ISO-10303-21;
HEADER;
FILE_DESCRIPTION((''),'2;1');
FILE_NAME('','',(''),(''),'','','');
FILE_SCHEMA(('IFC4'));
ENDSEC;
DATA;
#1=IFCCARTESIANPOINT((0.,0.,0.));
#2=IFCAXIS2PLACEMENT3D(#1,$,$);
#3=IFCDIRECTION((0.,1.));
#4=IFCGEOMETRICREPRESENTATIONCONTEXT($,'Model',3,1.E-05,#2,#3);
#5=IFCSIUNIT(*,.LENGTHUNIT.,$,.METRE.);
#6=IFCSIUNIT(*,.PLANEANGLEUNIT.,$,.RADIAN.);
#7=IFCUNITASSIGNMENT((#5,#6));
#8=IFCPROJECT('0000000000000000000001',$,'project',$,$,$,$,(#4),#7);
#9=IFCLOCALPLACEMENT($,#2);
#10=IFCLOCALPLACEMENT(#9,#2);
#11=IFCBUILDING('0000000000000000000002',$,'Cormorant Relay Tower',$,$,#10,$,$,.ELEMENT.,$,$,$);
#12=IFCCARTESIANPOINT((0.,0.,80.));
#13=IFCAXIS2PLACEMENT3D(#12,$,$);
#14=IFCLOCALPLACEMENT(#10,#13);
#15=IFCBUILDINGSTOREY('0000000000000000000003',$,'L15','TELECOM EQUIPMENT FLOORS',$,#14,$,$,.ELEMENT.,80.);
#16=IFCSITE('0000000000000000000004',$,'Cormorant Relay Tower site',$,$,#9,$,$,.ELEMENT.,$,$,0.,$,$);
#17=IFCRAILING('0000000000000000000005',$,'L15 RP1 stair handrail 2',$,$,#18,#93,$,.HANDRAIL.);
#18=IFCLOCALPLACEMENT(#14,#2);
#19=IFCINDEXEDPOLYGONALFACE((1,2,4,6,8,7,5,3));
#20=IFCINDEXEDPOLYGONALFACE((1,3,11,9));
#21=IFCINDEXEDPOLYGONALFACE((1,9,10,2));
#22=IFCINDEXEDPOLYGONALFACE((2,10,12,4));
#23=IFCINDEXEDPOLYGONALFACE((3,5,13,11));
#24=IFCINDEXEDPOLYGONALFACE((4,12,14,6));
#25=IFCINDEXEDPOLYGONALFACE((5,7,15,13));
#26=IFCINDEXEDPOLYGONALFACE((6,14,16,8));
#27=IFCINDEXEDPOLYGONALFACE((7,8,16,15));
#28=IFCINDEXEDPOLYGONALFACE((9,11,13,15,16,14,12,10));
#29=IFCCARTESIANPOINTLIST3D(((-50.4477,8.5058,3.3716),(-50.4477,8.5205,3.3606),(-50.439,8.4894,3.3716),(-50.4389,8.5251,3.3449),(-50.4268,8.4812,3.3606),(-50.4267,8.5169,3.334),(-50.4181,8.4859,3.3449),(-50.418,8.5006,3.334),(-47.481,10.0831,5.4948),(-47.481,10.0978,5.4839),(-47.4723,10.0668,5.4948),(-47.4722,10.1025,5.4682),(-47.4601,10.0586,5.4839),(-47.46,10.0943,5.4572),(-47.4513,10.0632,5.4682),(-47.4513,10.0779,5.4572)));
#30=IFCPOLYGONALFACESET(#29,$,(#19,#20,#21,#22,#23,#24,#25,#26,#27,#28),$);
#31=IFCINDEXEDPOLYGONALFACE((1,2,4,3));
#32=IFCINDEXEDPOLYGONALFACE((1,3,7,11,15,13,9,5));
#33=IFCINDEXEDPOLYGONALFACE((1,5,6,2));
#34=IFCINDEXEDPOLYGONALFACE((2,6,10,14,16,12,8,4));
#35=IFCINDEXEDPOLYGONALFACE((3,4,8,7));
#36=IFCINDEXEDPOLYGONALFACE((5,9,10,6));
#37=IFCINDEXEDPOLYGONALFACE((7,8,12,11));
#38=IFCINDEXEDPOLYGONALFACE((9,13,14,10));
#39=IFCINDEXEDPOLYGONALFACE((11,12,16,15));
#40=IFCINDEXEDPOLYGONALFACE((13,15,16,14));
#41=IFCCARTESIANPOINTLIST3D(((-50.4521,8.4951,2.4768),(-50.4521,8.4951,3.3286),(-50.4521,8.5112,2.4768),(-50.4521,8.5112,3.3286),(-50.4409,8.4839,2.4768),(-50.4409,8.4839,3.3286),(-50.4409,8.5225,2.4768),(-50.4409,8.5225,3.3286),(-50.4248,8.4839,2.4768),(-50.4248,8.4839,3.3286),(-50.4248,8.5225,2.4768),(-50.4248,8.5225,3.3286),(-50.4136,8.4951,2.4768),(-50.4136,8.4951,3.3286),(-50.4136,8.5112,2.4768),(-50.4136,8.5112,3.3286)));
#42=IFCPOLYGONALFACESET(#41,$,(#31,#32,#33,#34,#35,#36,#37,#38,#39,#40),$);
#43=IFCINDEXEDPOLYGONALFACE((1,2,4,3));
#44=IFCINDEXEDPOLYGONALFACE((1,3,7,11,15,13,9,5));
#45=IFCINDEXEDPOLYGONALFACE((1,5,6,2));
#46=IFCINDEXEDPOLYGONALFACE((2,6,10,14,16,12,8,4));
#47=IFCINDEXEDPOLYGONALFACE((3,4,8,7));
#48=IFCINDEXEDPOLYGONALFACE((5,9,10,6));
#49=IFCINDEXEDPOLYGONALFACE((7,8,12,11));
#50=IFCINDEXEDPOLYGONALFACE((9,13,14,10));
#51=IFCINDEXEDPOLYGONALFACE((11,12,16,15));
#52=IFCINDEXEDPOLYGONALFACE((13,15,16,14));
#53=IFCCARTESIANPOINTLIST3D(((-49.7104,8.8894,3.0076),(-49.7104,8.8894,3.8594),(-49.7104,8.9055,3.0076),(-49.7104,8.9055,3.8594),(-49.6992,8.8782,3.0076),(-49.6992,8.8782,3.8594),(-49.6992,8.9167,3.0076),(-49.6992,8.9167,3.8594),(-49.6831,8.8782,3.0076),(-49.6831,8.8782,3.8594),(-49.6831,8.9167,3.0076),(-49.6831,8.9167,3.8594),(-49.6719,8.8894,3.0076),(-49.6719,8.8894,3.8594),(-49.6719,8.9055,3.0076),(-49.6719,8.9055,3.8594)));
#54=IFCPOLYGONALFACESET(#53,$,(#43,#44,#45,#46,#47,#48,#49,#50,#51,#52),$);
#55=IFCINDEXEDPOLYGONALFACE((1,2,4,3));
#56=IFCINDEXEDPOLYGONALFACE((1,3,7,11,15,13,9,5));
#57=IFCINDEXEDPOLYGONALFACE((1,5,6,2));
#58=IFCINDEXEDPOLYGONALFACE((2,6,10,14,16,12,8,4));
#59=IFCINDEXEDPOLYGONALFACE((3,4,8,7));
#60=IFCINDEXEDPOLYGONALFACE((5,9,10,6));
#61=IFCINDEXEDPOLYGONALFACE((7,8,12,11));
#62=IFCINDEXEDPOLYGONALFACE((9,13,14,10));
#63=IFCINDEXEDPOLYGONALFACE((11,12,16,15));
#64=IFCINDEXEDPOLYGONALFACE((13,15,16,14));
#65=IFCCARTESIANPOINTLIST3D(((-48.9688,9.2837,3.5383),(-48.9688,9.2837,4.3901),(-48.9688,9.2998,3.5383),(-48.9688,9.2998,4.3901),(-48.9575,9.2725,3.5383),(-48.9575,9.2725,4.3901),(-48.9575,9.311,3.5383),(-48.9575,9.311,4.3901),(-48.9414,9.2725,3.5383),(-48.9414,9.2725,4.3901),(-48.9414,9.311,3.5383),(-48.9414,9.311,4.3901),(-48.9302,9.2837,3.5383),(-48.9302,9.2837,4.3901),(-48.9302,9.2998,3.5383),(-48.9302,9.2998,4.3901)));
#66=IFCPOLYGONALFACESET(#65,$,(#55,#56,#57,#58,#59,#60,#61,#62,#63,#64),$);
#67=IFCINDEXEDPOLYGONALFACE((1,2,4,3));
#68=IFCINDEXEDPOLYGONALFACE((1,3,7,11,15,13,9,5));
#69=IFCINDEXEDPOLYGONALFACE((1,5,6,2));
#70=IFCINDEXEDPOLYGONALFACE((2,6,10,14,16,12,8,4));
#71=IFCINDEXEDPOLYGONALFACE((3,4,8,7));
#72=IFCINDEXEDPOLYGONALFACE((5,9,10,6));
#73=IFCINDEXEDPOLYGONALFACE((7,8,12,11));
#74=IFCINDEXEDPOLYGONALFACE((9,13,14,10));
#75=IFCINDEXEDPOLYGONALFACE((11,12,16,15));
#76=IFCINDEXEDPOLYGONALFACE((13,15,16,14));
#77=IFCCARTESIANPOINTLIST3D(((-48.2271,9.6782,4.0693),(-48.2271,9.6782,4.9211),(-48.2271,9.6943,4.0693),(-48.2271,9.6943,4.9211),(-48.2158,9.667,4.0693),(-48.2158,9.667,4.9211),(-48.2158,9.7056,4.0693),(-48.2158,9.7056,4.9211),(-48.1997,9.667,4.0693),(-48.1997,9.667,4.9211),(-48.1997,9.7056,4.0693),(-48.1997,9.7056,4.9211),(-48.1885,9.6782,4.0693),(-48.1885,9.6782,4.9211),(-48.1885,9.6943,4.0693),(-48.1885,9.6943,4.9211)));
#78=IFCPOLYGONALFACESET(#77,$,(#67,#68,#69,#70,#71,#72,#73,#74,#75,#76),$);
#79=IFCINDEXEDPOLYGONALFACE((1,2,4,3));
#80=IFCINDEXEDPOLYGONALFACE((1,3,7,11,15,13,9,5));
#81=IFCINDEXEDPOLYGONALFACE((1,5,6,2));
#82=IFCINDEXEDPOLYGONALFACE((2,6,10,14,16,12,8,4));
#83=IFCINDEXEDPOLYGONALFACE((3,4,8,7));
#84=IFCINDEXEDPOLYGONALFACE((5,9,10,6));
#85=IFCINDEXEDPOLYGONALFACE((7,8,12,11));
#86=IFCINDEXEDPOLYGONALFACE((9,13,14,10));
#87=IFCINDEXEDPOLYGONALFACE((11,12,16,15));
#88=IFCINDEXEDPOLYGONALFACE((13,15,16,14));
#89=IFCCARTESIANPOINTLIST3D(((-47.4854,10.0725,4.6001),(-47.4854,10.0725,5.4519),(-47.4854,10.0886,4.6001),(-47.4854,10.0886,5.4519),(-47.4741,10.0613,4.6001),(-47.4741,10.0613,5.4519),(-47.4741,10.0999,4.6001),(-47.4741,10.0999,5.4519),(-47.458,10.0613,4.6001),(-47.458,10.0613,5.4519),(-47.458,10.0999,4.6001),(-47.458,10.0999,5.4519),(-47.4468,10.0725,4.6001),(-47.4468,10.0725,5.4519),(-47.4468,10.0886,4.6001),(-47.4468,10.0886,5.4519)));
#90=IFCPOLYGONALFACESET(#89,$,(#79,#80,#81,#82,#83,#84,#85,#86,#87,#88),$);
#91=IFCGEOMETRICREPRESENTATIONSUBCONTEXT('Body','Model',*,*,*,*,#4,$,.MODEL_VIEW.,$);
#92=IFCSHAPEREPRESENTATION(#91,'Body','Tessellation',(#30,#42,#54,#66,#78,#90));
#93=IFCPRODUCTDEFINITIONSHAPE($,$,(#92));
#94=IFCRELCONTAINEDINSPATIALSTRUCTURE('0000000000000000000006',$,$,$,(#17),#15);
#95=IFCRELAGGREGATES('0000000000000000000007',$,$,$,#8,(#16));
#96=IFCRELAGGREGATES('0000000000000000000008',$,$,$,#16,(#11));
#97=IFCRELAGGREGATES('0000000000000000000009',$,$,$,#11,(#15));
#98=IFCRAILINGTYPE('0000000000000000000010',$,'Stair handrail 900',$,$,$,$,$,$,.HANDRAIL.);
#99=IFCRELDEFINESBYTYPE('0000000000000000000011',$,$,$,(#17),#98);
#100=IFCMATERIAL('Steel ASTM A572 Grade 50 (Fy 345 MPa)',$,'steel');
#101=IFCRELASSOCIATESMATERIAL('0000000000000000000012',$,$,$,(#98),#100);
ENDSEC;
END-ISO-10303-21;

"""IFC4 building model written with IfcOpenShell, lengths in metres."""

from ifc_helpers import new_model, si_unit, direction, frame, origin, place, context, subcontext, project, spatial, polyline, outline, extrude, material, type_object, element, save


model = new_model("IFC4")

# Units and contexts
model_context = context("Model", 3, precision=1e-05, world=origin(), true_north=direction((0.0, 1.0)))
body_context = subcontext(model_context, "Body", "Model", "MODEL_VIEW")
ifc_project = project(units=[si_unit("LENGTHUNIT", "METRE"), si_unit("PLANEANGLEUNIT", "RADIAN")], contexts=[model_context])

# Site, building, storey
site_placement = place(None, origin())
site = spatial("IfcSite", under=ifc_project, at=site_placement, Name="Cormorant Relay Tower site", CompositionType="ELEMENT", RefElevation=0.0)
building_placement = place(site_placement, origin())
building = spatial("IfcBuilding", under=site, at=building_placement, Name="Cormorant Relay Tower", CompositionType="ELEMENT")
storey_placement = place(building_placement, frame((0.0, 0.0, 80.0)))
storey = spatial("IfcBuildingStorey", under=building, at=storey_placement, Name="L15", Description="TELECOM EQUIPMENT FLOORS", CompositionType="ELEMENT", Elevation=80.0)

# Railing
ifc_material_1 = material(Name="Steel ASTM A572 Grade 50 (Fy 345 MPa)", Category="steel")
railing_type_1 = type_object("IfcRailingType", Name="Stair handrail 900", PredefinedType="HANDRAIL", material=ifc_material_1)
railing_1_placement = place(storey_placement, frame((-50.4329, 8.5032, 2.4768)))
element("IfcRailing", 1, at=railing_1_placement, inside=storey, type_object=railing_type_1, Name="L15 RP1 stair handrail 2", PredefinedType="HANDRAIL", context=body_context, shape_type="SweptSolid", body=[
    extrude(outline(polyline([(0.0222, 0.0093), (0.0093, 0.0222), (-0.0093, 0.0222), (-0.0222, 0.0093), (-0.0222, -0.0093), (-0.0093, -0.0222), (0.0093, -0.0222), (0.0222, -0.0093), (0.0222, 0.0093)])), frame((0.0, 0.0, 0.876), z_axis=(0.746416, 0.396856, 0.534199), x_axis=(-0.469453, 0.882958, 0.0)), (0.0, 0.0, 1.0), 3.9746),
    extrude(outline(polyline([(0.0193, 0.0081), (0.0081, 0.0193), (-0.0081, 0.0193), (-0.0193, 0.0081), (-0.0193, -0.0081), (-0.0081, -0.0193), (0.0081, -0.0193), (0.0193, -0.0081), (0.0193, 0.0081)])), origin(), (0.0, 0.0, 1.0), 0.8518),
    extrude(outline(polyline([(0.0193, 0.0081), (0.0081, 0.0193), (-0.0081, 0.0193), (-0.0193, 0.0081), (-0.0193, -0.0081), (-0.0081, -0.0193), (0.0081, -0.0193), (0.0193, -0.0081), (0.0193, 0.0081)])), frame((0.7417, 0.3943, 0.5308)), (0.0, 0.0, 1.0), 0.8518),
    extrude(outline(polyline([(0.0193, 0.0081), (0.0081, 0.0193), (-0.0081, 0.0193), (-0.0193, 0.0081), (-0.0193, -0.0081), (-0.0081, -0.0193), (0.0081, -0.0193), (0.0193, -0.0081), (0.0193, 0.0081)])), frame((1.4834, 0.7886, 1.0615)), (0.0, 0.0, 1.0), 0.8518),
    extrude(outline(polyline([(0.0193, 0.0081), (0.0081, 0.0193), (-0.0081, 0.0193), (-0.0193, 0.0081), (-0.0193, -0.0081), (-0.0081, -0.0193), (0.0081, -0.0193), (0.0193, -0.0081), (0.0193, 0.0081)])), frame((2.2251, 1.1831, 1.5925)), (0.0, 0.0, 1.0), 0.8518),
    extrude(outline(polyline([(0.0193, 0.0081), (0.0081, 0.0193), (-0.0081, 0.0193), (-0.0193, 0.0081), (-0.0193, -0.0081), (-0.0081, -0.0193), (0.0081, -0.0193), (0.0193, -0.0081), (0.0193, 0.0081)])), frame((2.9668, 1.5774, 2.1233)), (0.0, 0.0, 1.0), 0.8518),
])

save(model, "model.ifc")
